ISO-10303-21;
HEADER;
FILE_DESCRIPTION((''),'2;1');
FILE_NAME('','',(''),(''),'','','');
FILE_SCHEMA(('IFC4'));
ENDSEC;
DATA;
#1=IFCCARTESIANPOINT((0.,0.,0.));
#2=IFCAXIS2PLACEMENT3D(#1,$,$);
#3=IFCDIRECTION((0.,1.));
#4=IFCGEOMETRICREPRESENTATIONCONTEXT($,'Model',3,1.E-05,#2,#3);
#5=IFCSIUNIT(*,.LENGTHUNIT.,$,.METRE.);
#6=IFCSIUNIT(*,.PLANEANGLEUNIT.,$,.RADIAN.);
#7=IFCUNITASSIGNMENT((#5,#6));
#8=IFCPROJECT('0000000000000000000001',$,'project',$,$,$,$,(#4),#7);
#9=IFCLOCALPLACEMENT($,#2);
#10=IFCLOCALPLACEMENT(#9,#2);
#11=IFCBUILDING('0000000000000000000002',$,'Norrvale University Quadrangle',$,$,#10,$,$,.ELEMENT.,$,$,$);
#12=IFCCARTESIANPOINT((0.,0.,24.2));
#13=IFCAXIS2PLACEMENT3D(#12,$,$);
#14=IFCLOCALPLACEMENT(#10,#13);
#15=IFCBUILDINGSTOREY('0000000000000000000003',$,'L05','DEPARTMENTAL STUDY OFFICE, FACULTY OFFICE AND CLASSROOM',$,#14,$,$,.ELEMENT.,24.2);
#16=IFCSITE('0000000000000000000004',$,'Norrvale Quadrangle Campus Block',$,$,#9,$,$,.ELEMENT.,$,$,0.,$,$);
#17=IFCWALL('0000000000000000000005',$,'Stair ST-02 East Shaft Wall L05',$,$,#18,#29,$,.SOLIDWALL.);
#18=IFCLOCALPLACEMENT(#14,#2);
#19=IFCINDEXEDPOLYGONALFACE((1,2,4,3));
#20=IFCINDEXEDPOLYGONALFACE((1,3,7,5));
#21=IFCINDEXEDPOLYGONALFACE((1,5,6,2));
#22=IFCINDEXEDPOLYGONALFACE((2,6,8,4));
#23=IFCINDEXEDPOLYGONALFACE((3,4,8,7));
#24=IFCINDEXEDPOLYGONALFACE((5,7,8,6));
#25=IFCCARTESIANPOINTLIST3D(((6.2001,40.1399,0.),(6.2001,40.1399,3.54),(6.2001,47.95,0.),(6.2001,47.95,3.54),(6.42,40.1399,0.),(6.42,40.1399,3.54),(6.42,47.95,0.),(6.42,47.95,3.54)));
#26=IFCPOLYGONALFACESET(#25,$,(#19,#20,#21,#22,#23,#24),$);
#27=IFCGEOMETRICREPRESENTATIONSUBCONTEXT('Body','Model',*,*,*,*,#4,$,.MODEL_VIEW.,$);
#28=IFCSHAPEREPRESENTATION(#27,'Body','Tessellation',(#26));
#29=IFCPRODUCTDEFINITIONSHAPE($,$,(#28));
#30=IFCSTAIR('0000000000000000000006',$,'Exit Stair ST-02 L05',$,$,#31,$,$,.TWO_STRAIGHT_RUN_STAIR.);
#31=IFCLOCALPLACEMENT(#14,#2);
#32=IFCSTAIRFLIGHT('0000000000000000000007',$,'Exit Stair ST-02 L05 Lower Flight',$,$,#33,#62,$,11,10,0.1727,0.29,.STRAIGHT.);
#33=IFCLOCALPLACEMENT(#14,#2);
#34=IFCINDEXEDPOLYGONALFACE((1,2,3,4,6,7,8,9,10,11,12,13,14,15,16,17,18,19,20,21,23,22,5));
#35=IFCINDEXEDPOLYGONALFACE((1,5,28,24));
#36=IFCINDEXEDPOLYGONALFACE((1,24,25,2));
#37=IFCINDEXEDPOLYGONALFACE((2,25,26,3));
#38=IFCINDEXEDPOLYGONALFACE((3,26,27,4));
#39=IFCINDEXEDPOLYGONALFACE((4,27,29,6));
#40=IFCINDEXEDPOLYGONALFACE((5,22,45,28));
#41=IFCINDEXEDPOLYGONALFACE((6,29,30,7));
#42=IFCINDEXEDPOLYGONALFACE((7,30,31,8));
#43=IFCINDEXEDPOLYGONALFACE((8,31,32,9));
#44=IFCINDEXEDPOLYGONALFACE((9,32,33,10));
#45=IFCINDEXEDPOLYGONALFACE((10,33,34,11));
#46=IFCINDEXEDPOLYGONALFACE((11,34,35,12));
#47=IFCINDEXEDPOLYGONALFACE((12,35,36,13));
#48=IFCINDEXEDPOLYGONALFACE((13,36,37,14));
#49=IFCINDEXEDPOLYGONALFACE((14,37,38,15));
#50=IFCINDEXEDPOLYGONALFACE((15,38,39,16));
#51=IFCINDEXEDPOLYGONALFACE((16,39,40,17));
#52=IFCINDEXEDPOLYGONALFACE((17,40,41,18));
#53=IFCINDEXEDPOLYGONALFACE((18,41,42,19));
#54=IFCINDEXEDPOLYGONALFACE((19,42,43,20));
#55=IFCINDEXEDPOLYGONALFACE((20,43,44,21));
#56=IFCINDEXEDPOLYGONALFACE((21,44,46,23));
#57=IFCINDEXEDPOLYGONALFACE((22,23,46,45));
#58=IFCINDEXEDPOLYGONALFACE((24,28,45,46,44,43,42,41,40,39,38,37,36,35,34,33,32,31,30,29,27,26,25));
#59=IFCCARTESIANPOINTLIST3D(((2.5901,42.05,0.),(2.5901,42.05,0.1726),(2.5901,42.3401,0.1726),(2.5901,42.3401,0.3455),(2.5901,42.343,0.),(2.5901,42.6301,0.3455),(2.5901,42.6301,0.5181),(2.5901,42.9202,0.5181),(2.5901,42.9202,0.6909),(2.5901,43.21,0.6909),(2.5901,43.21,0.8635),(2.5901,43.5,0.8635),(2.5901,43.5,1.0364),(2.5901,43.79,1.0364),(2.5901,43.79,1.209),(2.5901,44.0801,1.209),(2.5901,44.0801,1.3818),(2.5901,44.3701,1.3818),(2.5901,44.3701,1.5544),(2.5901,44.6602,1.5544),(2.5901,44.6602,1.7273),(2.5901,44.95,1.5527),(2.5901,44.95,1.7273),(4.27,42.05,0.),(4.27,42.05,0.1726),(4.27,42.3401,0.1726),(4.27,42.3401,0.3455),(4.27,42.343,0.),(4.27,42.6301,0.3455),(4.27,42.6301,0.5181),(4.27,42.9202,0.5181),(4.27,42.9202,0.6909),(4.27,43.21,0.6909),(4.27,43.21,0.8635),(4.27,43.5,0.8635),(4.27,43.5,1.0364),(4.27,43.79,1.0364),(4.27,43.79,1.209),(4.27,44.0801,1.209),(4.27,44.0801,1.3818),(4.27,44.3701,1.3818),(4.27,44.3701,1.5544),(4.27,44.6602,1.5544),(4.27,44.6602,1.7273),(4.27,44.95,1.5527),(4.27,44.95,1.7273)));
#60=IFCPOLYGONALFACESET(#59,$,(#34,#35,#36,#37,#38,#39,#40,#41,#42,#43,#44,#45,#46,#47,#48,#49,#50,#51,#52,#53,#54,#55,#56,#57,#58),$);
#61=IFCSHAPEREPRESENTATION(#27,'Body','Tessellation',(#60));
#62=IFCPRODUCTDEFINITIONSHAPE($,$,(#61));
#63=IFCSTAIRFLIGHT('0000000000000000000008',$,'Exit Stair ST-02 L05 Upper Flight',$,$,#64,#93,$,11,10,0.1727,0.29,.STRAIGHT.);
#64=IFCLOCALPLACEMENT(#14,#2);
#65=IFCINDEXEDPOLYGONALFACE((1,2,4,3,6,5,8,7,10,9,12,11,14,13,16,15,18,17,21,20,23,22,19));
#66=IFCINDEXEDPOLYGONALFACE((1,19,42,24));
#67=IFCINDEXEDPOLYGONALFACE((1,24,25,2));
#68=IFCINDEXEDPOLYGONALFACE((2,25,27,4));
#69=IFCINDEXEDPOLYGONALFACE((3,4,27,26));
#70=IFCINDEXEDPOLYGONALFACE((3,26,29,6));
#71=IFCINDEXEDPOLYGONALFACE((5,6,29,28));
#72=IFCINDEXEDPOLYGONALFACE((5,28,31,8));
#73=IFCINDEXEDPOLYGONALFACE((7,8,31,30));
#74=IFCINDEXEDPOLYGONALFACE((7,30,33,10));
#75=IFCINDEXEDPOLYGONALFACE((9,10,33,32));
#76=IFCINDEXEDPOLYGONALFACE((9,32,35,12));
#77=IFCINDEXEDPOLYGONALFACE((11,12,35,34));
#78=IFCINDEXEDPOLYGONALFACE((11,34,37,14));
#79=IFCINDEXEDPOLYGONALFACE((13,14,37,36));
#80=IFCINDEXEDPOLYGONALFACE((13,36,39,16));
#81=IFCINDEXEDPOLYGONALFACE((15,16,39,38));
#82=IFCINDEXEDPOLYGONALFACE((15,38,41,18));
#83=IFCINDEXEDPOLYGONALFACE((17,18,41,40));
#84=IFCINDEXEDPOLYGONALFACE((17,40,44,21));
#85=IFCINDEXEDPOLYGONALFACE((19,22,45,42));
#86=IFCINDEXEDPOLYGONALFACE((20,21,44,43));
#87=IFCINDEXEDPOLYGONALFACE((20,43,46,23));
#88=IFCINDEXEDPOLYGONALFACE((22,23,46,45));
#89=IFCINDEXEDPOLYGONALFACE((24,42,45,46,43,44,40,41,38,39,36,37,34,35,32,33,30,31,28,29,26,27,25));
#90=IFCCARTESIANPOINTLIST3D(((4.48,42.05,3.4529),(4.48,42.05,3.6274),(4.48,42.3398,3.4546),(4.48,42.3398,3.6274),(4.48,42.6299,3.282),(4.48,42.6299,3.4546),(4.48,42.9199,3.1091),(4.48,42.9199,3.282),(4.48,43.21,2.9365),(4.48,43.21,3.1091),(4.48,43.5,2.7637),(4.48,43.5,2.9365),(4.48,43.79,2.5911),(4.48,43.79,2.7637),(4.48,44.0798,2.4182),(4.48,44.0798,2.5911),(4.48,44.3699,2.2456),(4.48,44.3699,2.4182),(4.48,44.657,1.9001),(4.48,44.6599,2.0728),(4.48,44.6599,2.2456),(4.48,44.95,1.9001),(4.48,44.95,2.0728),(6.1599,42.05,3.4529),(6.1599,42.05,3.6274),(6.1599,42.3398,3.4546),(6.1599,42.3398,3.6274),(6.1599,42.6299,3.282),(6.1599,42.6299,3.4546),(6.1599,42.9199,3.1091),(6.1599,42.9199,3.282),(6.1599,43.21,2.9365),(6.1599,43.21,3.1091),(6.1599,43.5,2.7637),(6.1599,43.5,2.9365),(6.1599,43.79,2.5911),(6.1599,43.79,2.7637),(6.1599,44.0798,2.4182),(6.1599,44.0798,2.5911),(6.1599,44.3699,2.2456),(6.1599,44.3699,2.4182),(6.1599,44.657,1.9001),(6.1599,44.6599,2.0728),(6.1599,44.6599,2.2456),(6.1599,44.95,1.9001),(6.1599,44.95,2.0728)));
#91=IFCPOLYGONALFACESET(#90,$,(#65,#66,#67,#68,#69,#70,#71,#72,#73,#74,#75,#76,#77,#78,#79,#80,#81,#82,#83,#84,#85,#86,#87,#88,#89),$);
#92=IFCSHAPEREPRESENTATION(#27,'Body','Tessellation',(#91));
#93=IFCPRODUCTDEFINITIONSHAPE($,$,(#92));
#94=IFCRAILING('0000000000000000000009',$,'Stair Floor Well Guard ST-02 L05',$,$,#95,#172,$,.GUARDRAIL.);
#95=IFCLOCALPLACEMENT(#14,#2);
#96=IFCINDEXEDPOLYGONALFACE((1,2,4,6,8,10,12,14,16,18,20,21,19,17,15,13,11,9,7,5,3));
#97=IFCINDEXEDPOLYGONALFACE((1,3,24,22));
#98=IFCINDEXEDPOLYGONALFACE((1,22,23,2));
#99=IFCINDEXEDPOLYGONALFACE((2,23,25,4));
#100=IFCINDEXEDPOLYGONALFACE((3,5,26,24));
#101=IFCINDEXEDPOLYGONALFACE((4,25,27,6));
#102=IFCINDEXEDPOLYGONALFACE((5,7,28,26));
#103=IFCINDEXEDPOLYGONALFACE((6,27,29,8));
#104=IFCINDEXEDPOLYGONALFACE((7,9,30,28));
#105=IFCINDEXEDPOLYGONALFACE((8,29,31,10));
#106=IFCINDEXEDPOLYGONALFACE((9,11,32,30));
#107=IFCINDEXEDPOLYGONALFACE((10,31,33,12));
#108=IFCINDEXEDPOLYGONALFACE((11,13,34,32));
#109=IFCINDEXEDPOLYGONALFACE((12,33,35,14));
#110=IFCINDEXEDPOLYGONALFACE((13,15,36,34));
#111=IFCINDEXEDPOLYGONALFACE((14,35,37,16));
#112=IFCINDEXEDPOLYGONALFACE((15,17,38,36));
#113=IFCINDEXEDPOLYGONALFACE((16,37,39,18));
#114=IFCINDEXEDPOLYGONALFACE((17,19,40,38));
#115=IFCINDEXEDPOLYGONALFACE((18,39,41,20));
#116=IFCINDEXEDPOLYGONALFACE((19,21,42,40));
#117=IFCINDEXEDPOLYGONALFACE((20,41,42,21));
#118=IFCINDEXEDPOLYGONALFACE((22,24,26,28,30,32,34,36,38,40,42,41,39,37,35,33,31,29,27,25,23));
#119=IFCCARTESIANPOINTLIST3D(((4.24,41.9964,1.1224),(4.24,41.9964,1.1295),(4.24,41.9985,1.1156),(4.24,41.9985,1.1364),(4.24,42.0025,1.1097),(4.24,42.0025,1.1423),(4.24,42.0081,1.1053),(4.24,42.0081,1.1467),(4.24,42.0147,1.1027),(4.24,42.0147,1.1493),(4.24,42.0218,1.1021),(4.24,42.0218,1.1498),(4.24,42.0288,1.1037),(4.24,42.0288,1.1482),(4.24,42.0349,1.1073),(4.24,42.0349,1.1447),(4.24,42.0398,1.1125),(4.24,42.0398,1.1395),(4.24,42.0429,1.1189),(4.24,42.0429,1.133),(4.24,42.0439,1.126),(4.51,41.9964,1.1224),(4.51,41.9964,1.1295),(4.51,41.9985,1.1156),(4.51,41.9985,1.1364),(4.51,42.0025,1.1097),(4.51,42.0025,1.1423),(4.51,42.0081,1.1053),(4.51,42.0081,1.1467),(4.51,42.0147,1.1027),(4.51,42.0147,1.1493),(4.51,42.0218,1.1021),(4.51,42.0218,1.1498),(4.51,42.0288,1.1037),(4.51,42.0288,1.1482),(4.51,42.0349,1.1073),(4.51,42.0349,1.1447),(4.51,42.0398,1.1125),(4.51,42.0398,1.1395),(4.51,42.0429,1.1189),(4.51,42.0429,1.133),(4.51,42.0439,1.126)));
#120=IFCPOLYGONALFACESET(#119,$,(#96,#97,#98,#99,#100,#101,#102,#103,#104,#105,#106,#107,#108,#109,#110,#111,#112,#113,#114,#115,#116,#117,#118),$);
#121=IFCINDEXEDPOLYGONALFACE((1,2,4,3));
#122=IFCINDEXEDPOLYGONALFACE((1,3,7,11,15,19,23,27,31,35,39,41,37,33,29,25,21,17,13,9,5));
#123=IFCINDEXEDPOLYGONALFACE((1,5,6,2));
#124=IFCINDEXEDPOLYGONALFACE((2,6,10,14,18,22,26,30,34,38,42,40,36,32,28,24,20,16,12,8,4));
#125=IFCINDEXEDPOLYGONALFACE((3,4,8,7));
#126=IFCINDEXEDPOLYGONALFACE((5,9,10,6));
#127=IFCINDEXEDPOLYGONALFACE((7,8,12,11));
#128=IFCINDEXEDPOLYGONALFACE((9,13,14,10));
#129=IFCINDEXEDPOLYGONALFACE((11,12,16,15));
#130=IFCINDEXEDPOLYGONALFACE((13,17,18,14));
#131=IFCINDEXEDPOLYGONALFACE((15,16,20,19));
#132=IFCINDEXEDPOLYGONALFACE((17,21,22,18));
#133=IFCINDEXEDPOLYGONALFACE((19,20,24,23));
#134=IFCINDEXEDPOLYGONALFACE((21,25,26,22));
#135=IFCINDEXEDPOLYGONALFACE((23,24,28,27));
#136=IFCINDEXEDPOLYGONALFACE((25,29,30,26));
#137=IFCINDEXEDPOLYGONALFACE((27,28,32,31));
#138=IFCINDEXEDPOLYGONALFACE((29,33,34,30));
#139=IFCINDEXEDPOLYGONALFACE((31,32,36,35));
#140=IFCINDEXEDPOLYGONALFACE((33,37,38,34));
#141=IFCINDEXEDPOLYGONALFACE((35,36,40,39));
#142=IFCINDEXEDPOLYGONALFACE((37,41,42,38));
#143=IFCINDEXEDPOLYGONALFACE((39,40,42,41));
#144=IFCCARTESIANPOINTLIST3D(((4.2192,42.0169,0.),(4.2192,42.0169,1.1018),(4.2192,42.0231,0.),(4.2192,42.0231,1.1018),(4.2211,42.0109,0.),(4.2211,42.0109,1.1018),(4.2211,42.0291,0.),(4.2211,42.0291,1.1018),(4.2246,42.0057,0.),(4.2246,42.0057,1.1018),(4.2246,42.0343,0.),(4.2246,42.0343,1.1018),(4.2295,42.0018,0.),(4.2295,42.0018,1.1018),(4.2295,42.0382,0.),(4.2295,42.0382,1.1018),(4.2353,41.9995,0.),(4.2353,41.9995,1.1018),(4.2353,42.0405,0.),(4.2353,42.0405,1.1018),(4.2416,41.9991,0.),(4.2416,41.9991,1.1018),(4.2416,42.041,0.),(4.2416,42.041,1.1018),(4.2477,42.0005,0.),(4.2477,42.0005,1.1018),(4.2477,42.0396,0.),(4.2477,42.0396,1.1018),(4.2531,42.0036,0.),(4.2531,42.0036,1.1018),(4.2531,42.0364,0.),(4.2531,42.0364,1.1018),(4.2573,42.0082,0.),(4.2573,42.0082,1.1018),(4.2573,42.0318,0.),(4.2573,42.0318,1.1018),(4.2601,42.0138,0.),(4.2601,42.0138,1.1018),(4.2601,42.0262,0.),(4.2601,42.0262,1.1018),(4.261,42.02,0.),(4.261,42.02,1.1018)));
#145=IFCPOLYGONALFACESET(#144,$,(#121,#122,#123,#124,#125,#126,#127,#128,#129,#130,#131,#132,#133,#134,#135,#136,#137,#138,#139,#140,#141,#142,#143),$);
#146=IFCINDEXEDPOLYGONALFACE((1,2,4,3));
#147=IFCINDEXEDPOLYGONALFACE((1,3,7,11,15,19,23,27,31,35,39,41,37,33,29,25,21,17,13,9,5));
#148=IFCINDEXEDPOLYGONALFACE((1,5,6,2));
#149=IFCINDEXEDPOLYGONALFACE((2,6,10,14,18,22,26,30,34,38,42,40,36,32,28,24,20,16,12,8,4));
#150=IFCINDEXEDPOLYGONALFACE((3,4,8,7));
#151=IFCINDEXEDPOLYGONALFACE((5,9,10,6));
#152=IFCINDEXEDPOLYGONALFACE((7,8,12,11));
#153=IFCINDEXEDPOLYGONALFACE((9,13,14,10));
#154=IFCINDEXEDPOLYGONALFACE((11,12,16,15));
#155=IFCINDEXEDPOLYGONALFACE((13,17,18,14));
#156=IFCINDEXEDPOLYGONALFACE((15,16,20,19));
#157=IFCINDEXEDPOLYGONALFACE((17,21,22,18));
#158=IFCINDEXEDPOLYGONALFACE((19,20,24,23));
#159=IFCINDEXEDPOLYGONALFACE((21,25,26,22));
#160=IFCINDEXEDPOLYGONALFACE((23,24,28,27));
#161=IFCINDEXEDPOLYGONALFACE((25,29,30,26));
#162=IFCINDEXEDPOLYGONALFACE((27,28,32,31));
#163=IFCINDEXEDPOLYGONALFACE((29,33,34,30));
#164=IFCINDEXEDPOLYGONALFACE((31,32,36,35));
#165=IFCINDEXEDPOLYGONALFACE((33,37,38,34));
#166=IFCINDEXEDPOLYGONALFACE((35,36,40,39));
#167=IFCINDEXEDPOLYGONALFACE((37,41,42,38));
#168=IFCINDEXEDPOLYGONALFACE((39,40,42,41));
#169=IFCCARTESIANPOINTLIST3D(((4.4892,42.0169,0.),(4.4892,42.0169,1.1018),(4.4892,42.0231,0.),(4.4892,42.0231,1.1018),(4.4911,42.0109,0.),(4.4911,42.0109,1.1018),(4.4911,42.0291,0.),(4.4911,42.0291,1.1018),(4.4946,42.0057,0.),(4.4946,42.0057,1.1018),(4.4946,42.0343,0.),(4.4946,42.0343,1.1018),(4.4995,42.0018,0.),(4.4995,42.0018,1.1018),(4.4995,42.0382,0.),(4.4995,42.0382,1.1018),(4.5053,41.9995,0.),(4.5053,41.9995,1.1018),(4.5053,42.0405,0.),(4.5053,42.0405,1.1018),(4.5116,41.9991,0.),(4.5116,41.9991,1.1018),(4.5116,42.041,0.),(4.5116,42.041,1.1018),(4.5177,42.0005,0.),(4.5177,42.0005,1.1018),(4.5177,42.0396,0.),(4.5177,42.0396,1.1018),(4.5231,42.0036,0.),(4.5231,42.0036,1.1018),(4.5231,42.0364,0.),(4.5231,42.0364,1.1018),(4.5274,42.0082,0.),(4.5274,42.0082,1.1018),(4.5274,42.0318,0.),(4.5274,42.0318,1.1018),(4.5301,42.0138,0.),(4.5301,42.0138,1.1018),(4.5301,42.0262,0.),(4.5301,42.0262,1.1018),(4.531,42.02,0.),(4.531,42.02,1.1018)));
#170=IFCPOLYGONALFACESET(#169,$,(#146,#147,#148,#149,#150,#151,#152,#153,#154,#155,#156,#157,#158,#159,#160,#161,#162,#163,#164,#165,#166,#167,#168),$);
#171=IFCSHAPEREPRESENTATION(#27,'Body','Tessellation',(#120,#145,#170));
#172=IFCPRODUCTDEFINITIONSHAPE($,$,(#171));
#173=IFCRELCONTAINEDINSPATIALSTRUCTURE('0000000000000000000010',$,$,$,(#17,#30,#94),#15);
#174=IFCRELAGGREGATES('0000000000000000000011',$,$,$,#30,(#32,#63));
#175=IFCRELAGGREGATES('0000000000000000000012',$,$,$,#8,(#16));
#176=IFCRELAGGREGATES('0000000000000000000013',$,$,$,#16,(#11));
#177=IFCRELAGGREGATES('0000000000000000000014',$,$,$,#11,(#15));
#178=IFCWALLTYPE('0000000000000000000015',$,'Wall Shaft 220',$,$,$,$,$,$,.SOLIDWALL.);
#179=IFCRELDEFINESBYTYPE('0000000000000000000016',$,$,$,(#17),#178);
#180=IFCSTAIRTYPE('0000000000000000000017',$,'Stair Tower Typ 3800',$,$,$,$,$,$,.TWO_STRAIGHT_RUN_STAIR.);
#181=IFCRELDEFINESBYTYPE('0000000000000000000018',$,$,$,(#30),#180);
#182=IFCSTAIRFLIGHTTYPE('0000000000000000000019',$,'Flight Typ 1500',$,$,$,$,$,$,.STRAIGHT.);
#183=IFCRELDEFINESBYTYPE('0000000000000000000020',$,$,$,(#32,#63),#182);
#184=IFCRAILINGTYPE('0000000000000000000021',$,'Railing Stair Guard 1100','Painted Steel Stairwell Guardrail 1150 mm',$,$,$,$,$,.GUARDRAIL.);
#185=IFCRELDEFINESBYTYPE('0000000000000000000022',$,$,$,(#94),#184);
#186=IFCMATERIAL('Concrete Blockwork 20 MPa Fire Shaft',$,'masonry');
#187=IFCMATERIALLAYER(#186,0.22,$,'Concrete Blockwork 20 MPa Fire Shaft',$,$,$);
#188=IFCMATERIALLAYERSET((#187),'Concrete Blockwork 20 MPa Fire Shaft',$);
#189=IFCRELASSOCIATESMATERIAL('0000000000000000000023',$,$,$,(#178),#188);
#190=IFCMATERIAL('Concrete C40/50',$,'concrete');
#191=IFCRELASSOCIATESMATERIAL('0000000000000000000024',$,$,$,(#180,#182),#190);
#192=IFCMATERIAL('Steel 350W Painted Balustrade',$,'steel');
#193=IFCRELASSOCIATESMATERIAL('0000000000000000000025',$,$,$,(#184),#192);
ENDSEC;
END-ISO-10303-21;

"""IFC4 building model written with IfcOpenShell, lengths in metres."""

from ifc_helpers import new_model, si_unit, direction, frame, frame_2d, origin, origin_2d, place, context, subcontext, project, spatial, polyline, rectangle, circle, outline, extrude, material, layer, layer_set, type_object, element, aggregate, save


model = new_model("IFC4")

# Units and contexts
model_context = context("Model", 3, precision=1e-05, world=origin(), true_north=direction((0.0, 1.0)))
body_context = subcontext(model_context, "Body", "Model", "MODEL_VIEW")
ifc_project = project(units=[si_unit("LENGTHUNIT", "METRE"), si_unit("PLANEANGLEUNIT", "RADIAN")], contexts=[model_context])

# Site, building, storey
site_placement = place(None, origin())
site = spatial("IfcSite", under=ifc_project, at=site_placement, Name="Norrvale Quadrangle Campus Block", CompositionType="ELEMENT", RefElevation=0.0)
building_placement = place(site_placement, origin())
building = spatial("IfcBuilding", under=site, at=building_placement, Name="Norrvale University Quadrangle", CompositionType="ELEMENT")
storey_placement = place(building_placement, frame((0.0, 0.0, 24.2)))
storey = spatial("IfcBuildingStorey", under=building, at=storey_placement, Name="L05", Description="DEPARTMENTAL STUDY OFFICE, FACULTY OFFICE AND CLASSROOM", CompositionType="ELEMENT", Elevation=24.2)

# Shared definitions
ifc_material_1 = material(Name="Concrete Blockwork 20 MPa Fire Shaft", Category="masonry")
ifc_layer_1 = layer(ifc_material_1, 0.22, Name="Concrete Blockwork 20 MPa Fire Shaft")
ifc_layer_set_1 = layer_set([ifc_layer_1], Name="Concrete Blockwork 20 MPa Fire Shaft")
wall_type_1 = type_object("IfcWallType", Name="Wall Shaft 220", PredefinedType="SOLIDWALL", material=ifc_layer_set_1)

# Wall
wall_1_placement = place(storey_placement, frame((6.3101, 40.1399, 0.0), z_axis=(0.0, 0.0, 1.0), x_axis=(0.0, 1.0, 0.0)))
element("IfcWall", 1, at=wall_1_placement, inside=storey, type_object=wall_type_1, Name="Stair ST-02 East Shaft Wall L05", PredefinedType="SOLIDWALL", context=body_context, shape_type="SweptSolid", body=[
    extrude(rectangle(XDim=7.8101, YDim=0.22, at=frame_2d((3.905, 0.0))), origin(), (0.0, 0.0, 1.0), 3.54),
])

# Stair, stair flights
ifc_material_2 = material(Name="Concrete C40/50", Category="concrete")
stair_type = type_object("IfcStairType", Name="Stair Tower Typ 3800", PredefinedType="TWO_STRAIGHT_RUN_STAIR", material=ifc_material_2)
stair_placement = place(storey_placement, origin())
stair = element("IfcStair", 2, at=stair_placement, inside=storey, type_object=stair_type, Name="Exit Stair ST-02 L05", PredefinedType="TWO_STRAIGHT_RUN_STAIR")
stair_flight_type = type_object("IfcStairFlightType", Name="Flight Typ 1500", PredefinedType="STRAIGHT", material=ifc_material_2)
stair_flight_1_placement = place(storey_placement, frame((3.4299, 42.05, 0.0), z_axis=(0.0, 0.0, 1.0), x_axis=(0.0, 1.0, 0.0)))
stair_flight_1 = element("IfcStairFlight", 3, at=stair_flight_1_placement, type_object=stair_flight_type, Name="Exit Stair ST-02 L05 Lower Flight", NumberOfRisers=11, NumberOfTreads=10, PredefinedType="STRAIGHT", RiserHeight=0.1727, TreadLength=0.29, context=body_context, shape_type="SweptSolid", body=[
    extrude(outline(polyline([(0.0, 0.0), (0.0, 0.1726), (0.29, 0.1726), (0.29, 0.3455), (0.5801, 0.3455), (0.5801, 0.5181), (0.8701, 0.5181), (0.8701, 0.6909), (1.1599, 0.6909), (1.1599, 0.8635), (1.45, 0.8635), (1.45, 1.0364), (1.74, 1.0364), (1.74, 1.209), (2.03, 1.209), (2.03, 1.3818), (2.3201, 1.3818), (2.3201, 1.5544), (2.6101, 1.5544), (2.6101, 1.7273), (2.8999, 1.7273), (2.8999, 1.8999), (2.8999, 1.5527), (0.293, 0.0), (0.0, 0.0)])), frame((0.0, 0.8398, 0.0), z_axis=(0.0, -1.0, 0.0), x_axis=(1.0, 0.0, 0.0)), (0.0, 0.0, 1.0), 1.6799),
])
stair_flight_2_placement = place(storey_placement, frame((5.3201, 44.95, 1.9001), z_axis=(0.0, 0.0, 1.0), x_axis=(0.0, -1.0, 0.0)))
stair_flight_2 = element("IfcStairFlight", 4, at=stair_flight_2_placement, type_object=stair_flight_type, Name="Exit Stair ST-02 L05 Upper Flight", NumberOfRisers=11, NumberOfTreads=10, PredefinedType="STRAIGHT", RiserHeight=0.1727, TreadLength=0.29, context=body_context, shape_type="SweptSolid", body=[
    extrude(outline(polyline([(0.0, 0.0), (0.0, 0.1726), (0.29, 0.1726), (0.29, 0.3455), (0.5801, 0.3455), (0.5801, 0.5181), (0.8701, 0.5181), (0.8701, 0.6909), (1.1599, 0.6909), (1.1599, 0.8635), (1.45, 0.8635), (1.45, 1.0364), (1.74, 1.0364), (1.74, 1.209), (2.03, 1.209), (2.03, 1.3818), (2.3201, 1.3818), (2.3201, 1.5544), (2.6101, 1.5544), (2.6101, 1.7273), (2.8999, 1.7273), (2.8999, 1.8999), (2.8999, 1.5527), (0.293, 0.0), (0.0, 0.0)])), frame((0.0, 0.8398, 0.0), z_axis=(0.0, -1.0, 0.0), x_axis=(1.0, 0.0, 0.0)), (0.0, 0.0, 1.0), 1.6799),
])
aggregate(stair, [stair_flight_1, stair_flight_2])

# Railing
ifc_material_3 = material(Name="Steel 350W Painted Balustrade", Category="steel")
railing_type_1 = type_object("IfcRailingType", Name="Railing Stair Guard 1100", Description="Painted Steel Stairwell Guardrail 1150 mm", PredefinedType="GUARDRAIL", material=ifc_material_3)
for number, where, name in (
    (5, (4.24, 42.02, 0.0), "Stair Floor Well Guard ST-02 L05"),
):
    element("IfcRailing", number, at=place(storey_placement, frame(where)), inside=storey, type_object=railing_type_1, Name=name, PredefinedType="GUARDRAIL", context=body_context, shape_type="SweptSolid", body=[
        extrude(circle(Radius=0.0239, at=origin_2d()), frame((0.0, 0.0, 1.126), z_axis=(1.0, 0.0, 0.0), x_axis=(0.0, 1.0, 0.0)), (0.0, 0.0, 1.0), 0.27),
        extrude(circle(Radius=0.021, at=origin_2d()), origin(), (0.0, 0.0, 1.0), 1.1018),
        extrude(circle(Radius=0.021, at=origin_2d()), frame((0.27, 0.0, 0.0)), (0.0, 0.0, 1.0), 1.1018),
    ])

save(model, "model.ifc")
